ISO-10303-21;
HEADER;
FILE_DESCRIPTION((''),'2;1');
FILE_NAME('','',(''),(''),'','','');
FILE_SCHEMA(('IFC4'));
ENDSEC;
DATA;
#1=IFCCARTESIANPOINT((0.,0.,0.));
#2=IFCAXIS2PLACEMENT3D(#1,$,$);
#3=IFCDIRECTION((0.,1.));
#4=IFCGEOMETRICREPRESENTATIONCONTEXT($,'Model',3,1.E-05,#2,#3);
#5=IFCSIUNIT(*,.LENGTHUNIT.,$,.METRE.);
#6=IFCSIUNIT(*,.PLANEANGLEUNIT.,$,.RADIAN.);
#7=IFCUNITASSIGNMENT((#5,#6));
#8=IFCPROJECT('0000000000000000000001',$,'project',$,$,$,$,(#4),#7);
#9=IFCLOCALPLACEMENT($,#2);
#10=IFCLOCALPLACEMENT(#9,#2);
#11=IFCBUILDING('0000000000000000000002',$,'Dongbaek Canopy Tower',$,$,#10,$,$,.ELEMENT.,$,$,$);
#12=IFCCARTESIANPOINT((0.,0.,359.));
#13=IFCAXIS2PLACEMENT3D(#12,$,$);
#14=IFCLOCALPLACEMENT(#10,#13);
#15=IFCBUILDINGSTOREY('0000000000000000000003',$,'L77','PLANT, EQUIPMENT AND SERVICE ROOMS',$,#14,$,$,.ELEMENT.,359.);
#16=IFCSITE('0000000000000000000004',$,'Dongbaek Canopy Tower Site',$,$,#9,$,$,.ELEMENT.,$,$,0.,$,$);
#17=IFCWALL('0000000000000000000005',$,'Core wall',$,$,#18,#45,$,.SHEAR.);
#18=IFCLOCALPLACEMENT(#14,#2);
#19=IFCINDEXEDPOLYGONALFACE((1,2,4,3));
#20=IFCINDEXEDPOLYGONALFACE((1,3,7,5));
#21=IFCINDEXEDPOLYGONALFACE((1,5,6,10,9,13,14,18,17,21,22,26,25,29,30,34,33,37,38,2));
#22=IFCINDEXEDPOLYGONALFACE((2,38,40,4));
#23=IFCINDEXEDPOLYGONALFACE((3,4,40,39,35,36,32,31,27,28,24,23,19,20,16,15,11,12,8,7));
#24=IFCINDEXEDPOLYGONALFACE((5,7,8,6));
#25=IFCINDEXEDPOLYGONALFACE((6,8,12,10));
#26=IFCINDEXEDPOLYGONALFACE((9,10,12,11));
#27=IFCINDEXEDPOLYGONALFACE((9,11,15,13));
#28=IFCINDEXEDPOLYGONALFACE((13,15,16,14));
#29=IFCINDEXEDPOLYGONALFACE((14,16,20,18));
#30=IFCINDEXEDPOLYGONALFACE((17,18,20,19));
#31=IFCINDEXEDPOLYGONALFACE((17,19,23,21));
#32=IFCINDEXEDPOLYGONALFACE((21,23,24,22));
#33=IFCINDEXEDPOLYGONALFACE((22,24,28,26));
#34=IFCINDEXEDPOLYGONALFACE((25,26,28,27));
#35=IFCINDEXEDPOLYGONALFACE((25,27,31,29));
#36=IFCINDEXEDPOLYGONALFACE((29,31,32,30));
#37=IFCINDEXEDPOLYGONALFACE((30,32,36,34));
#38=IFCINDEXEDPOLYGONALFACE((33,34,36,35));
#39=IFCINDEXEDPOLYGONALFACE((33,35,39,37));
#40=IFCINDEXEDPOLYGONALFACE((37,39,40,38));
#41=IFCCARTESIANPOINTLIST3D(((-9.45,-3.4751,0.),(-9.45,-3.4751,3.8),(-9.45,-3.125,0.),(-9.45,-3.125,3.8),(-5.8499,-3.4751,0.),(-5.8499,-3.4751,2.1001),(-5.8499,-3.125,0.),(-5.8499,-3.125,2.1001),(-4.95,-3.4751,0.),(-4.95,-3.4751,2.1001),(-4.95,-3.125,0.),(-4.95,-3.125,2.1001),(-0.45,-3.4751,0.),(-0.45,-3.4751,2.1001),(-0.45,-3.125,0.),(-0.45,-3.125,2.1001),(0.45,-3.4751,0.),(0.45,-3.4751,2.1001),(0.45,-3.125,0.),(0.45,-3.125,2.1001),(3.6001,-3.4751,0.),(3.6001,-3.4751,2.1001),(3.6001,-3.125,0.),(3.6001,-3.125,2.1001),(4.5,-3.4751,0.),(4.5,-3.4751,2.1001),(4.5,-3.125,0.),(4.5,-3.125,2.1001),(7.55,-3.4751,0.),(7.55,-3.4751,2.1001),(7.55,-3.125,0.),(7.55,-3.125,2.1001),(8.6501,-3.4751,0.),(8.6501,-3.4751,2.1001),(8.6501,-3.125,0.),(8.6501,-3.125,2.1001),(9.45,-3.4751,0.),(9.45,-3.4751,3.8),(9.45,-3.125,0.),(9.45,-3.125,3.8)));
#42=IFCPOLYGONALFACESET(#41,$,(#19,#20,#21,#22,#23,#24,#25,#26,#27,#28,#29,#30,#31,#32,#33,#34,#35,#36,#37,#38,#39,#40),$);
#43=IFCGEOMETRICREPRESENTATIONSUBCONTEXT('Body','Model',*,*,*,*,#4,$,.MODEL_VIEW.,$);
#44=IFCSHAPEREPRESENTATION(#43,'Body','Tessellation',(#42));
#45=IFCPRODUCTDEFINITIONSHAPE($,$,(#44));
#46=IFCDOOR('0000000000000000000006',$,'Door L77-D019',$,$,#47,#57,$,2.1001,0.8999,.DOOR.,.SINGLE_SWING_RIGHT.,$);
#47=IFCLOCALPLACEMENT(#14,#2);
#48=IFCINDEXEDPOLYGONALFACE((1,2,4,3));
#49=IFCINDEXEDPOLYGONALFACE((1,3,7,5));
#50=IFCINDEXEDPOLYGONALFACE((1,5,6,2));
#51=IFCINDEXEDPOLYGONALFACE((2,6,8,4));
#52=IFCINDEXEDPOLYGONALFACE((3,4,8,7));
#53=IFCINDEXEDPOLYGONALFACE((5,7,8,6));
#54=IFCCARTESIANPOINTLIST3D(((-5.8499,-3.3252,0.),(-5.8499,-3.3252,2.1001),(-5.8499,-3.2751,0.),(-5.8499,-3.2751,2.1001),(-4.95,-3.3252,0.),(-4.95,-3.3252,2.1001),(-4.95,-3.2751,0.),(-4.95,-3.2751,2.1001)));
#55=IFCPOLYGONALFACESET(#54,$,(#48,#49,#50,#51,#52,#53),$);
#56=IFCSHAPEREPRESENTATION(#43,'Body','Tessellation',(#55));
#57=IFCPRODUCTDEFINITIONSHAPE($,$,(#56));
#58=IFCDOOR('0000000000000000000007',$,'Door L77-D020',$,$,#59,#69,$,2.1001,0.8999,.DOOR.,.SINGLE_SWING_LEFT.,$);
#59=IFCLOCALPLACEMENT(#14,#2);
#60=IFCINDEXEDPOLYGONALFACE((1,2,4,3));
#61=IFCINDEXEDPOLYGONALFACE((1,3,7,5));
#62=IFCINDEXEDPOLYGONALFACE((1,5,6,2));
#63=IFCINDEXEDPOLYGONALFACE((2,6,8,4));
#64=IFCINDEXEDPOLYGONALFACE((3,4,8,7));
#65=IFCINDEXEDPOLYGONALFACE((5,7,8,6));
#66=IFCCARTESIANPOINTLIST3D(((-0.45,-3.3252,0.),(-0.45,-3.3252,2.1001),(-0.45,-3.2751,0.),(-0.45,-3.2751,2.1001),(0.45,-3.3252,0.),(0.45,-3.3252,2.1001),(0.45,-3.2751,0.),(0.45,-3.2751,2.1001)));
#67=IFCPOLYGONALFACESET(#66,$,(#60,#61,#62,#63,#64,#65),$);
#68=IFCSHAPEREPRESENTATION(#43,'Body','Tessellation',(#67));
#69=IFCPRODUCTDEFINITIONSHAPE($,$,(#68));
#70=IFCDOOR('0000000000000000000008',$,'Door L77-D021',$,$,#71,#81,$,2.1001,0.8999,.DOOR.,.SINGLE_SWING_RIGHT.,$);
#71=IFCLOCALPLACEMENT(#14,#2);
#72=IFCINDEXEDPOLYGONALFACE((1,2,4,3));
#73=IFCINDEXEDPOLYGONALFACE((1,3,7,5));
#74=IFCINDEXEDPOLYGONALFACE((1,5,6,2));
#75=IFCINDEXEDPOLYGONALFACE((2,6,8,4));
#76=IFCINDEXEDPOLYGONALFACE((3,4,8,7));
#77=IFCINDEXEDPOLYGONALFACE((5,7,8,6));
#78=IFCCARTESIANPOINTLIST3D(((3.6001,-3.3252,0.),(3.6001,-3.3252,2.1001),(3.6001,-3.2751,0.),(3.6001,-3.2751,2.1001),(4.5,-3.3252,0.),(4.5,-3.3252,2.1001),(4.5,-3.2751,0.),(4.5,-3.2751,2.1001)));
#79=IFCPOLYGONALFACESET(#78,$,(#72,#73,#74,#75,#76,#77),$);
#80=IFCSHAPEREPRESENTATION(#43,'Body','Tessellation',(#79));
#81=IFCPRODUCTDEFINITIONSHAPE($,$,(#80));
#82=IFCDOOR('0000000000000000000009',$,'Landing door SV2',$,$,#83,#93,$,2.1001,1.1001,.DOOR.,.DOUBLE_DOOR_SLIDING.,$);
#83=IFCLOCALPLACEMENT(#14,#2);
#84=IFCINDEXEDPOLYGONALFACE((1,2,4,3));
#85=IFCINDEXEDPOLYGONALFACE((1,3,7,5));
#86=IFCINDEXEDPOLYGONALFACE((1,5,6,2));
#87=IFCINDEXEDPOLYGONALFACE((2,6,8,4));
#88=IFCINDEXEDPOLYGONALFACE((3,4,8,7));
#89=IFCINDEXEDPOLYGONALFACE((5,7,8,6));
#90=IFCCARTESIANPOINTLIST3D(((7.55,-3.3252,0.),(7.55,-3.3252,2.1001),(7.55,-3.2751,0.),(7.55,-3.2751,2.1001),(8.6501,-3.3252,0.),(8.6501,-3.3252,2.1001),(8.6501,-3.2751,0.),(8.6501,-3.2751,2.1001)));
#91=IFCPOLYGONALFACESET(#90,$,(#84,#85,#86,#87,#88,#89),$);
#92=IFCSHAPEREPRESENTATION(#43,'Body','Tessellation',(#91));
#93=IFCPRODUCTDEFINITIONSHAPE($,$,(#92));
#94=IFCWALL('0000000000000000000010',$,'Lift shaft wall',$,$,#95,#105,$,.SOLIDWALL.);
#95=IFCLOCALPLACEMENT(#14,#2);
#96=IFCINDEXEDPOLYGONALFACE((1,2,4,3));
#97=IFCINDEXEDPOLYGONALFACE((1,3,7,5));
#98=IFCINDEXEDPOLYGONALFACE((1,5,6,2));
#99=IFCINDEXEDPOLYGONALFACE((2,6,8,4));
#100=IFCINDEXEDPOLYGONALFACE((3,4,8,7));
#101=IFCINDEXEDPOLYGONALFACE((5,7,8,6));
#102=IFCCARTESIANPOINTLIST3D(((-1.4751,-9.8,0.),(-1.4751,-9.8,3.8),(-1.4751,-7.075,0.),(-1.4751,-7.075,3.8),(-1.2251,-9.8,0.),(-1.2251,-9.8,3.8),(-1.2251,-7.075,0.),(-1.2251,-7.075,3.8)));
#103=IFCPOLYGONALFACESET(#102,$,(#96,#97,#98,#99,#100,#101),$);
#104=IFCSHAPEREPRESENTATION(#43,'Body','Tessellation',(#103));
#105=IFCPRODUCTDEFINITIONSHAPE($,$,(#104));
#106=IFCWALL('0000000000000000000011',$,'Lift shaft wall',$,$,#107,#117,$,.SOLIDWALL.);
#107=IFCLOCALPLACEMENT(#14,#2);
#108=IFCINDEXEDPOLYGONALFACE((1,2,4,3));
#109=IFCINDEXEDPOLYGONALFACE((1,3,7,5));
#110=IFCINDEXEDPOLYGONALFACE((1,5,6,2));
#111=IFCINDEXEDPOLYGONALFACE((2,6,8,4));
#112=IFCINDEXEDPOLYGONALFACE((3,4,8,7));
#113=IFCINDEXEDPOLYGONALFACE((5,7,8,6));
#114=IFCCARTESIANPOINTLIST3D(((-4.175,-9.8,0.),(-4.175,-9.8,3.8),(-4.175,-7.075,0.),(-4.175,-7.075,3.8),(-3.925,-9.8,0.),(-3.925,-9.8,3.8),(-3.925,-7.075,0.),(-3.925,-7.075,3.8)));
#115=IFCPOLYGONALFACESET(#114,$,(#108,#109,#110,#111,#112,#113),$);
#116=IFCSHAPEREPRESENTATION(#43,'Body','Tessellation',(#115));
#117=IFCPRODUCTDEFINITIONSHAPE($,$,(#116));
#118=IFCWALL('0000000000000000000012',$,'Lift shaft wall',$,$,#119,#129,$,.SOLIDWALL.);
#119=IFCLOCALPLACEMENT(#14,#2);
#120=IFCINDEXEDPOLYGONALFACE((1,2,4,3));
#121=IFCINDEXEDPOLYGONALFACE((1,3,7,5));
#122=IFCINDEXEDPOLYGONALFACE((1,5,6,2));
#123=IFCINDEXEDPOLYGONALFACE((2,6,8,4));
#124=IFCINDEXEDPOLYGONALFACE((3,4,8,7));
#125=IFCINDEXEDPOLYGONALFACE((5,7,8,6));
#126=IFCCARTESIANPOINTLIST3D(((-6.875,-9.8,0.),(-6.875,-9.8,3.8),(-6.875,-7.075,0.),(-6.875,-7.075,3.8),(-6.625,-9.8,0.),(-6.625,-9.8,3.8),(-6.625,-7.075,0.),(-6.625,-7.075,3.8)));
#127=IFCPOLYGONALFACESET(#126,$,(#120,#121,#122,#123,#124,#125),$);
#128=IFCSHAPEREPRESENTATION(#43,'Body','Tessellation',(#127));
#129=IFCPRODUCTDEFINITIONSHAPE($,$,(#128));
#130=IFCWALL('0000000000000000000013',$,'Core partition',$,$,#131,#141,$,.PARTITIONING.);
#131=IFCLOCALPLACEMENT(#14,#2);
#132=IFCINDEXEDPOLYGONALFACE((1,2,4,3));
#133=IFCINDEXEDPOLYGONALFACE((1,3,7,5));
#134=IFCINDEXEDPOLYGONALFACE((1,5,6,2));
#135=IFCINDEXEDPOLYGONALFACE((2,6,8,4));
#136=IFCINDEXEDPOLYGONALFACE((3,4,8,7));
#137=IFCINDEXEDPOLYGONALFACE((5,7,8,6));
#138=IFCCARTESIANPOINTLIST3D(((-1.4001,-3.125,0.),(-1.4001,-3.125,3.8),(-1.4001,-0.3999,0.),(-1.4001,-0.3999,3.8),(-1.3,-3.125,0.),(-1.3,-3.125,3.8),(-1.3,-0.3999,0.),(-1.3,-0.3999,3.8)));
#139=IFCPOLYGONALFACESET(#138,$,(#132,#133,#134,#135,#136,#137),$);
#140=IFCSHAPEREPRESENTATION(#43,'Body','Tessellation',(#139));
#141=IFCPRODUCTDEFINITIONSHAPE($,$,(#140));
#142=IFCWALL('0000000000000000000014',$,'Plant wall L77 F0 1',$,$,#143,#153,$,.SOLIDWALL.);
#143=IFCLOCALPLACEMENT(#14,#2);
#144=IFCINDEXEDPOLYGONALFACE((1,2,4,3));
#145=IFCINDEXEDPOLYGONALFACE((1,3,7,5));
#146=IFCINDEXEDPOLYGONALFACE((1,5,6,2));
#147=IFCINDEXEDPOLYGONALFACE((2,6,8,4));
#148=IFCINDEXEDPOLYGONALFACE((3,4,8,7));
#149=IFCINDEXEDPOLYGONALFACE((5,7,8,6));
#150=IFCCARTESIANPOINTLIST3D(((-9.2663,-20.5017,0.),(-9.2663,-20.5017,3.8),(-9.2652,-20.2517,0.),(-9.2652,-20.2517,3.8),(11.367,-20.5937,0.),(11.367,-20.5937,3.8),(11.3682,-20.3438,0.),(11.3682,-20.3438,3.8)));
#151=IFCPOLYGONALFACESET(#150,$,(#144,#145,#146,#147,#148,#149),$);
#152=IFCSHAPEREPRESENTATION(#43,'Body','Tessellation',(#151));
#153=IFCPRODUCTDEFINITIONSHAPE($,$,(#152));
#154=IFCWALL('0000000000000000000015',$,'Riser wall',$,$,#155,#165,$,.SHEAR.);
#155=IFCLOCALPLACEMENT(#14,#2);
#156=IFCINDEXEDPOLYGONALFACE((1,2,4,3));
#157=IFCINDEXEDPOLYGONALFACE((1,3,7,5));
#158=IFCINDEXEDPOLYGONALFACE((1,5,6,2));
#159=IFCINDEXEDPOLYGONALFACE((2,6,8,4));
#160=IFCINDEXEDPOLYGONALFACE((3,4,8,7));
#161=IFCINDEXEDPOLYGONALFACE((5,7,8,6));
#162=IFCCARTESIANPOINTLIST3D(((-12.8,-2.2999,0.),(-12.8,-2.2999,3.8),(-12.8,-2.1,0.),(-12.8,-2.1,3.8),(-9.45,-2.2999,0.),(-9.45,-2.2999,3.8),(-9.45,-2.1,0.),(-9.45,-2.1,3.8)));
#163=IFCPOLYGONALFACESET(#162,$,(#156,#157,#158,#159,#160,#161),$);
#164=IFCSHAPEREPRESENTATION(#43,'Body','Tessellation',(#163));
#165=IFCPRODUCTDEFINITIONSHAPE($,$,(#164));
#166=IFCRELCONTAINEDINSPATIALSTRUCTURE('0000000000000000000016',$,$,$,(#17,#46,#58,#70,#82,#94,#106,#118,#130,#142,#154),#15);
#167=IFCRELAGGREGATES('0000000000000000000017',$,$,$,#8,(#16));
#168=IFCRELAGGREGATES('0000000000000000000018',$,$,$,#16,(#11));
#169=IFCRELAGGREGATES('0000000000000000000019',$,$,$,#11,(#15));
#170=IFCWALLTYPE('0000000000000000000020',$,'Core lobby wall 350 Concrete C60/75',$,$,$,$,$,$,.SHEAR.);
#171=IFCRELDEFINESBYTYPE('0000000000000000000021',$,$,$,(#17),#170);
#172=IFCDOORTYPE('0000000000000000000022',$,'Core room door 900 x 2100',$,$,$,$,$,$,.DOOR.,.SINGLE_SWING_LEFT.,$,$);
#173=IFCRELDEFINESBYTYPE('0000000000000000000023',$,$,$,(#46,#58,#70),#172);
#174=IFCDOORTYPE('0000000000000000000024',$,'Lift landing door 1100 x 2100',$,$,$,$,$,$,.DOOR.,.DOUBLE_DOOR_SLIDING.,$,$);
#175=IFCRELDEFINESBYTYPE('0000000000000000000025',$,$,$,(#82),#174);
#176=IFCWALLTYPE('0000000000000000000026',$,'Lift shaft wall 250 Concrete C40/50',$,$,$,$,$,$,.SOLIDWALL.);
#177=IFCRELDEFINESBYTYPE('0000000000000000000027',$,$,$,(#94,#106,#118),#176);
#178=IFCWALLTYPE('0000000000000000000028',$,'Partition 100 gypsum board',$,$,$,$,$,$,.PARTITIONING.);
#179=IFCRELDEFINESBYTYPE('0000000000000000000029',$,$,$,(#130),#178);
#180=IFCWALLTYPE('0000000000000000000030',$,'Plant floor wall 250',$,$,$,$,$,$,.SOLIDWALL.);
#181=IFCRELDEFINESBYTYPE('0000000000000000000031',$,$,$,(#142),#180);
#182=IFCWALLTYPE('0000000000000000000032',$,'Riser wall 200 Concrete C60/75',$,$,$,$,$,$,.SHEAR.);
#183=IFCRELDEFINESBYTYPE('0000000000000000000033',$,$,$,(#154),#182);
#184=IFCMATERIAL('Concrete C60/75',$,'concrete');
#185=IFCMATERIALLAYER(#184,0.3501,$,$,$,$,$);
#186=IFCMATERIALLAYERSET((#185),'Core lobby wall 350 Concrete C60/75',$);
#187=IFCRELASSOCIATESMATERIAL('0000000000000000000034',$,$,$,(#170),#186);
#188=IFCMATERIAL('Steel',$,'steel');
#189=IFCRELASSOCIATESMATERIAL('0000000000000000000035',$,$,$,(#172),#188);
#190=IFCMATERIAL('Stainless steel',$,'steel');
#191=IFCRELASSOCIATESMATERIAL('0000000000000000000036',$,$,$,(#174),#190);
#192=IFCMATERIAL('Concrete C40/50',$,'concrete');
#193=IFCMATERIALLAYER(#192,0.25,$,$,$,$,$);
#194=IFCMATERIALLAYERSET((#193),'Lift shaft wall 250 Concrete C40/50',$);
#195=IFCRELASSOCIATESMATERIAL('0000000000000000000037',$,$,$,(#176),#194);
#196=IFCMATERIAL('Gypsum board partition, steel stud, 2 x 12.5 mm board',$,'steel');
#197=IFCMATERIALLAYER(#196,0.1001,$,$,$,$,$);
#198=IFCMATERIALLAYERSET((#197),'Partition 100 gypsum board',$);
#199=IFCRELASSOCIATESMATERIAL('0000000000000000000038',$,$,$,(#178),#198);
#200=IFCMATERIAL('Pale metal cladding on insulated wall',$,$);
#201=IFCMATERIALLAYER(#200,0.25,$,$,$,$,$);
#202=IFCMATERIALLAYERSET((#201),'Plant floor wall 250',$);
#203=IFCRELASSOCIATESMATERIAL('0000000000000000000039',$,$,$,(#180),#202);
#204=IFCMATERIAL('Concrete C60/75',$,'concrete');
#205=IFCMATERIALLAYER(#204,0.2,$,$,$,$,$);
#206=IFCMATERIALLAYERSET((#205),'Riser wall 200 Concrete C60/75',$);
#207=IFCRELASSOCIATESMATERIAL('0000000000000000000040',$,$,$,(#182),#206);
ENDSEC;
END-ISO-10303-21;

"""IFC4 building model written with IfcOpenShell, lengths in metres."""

from ifc_helpers import new_model, si_unit, direction, frame, frame_2d, origin, place, context, subcontext, project, spatial, rectangle, extrude, material, layer, layer_set, type_object, element, fill, save


model = new_model("IFC4")

# Units and contexts
model_context = context("Model", 3, precision=1e-05, world=origin(), true_north=direction((0.0, 1.0)))
body_context = subcontext(model_context, "Body", "Model", "MODEL_VIEW")
ifc_project = project(units=[si_unit("LENGTHUNIT", "METRE"), si_unit("PLANEANGLEUNIT", "RADIAN")], contexts=[model_context])

# Site, building, storey
site_placement = place(None, origin())
site = spatial("IfcSite", under=ifc_project, at=site_placement, Name="Dongbaek Canopy Tower Site", CompositionType="ELEMENT", RefElevation=0.0)
building_placement = place(site_placement, origin())
building = spatial("IfcBuilding", under=site, at=building_placement, Name="Dongbaek Canopy Tower", CompositionType="ELEMENT")
storey_placement = place(building_placement, frame((0.0, 0.0, 359.0)))
storey = spatial("IfcBuildingStorey", under=building, at=storey_placement, Name="L77", Description="PLANT, EQUIPMENT AND SERVICE ROOMS", CompositionType="ELEMENT", Elevation=359.0)

# Wall, openings, doors
ifc_material_1 = material(Name="Concrete C60/75", Category="concrete")
ifc_layer_1 = layer(ifc_material_1, 0.3501)
ifc_layer_set_1 = layer_set([ifc_layer_1], Name="Core lobby wall 350 Concrete C60/75")
wall_type_1 = type_object("IfcWallType", Name="Core lobby wall 350 Concrete C60/75", PredefinedType="SHEAR", material=ifc_layer_set_1)
wall_1_placement = place(storey_placement, frame((-9.45, -3.3, 0.0), z_axis=(0.0, 0.0, 1.0), x_axis=(1.0, 0.0, 0.0)))
wall_1 = element("IfcWall", 1, at=wall_1_placement, inside=storey, type_object=wall_type_1, Name="Core wall", PredefinedType="SHEAR", context=body_context, shape_type="SweptSolid", body=[
    extrude(rectangle(XDim=18.8999, YDim=0.3501, at=frame_2d((9.45, 0.0))), origin(), (0.0, 0.0, 1.0), 3.8),
])
opening_1_placement = place(wall_1_placement, frame((17.0, 0.0, 0.0)))
opening_1 = element("IfcOpeningElement", 2, at=opening_1_placement, cuts=wall_1, PredefinedType="OPENING", context=body_context, shape_type="SweptSolid", body=[
    extrude(rectangle(XDim=1.1001, YDim=2.1001, at=frame_2d((0.55, 1.05))), frame((0.0, 0.1851, 0.0), z_axis=(0.0, -1.0, 0.0), x_axis=(1.0, 0.0, 0.0)), (0.0, 0.0, 1.0), 0.3701),
])
opening_2_placement = place(wall_1_placement, frame((3.6001, 0.0, 0.0)))
opening_2 = element("IfcOpeningElement", 3, at=opening_2_placement, cuts=wall_1, PredefinedType="OPENING", context=body_context, shape_type="SweptSolid", body=[
    extrude(rectangle(XDim=0.8999, YDim=2.1001, at=frame_2d((0.45, 1.05))), frame((0.0, 0.1851, 0.0), z_axis=(0.0, -1.0, 0.0), x_axis=(1.0, 0.0, 0.0)), (0.0, 0.0, 1.0), 0.3701),
])
opening_3_placement = place(wall_1_placement, frame((9.0, 0.0, 0.0)))
opening_3 = element("IfcOpeningElement", 4, at=opening_3_placement, cuts=wall_1, PredefinedType="OPENING", context=body_context, shape_type="SweptSolid", body=[
    extrude(rectangle(XDim=0.8999, YDim=2.1001, at=frame_2d((0.45, 1.05))), frame((0.0, 0.1851, 0.0), z_axis=(0.0, -1.0, 0.0), x_axis=(1.0, 0.0, 0.0)), (0.0, 0.0, 1.0), 0.3701),
])
opening_4_placement = place(wall_1_placement, frame((13.05, 0.0, 0.0)))
opening_4 = element("IfcOpeningElement", 5, at=opening_4_placement, cuts=wall_1, PredefinedType="OPENING", context=body_context, shape_type="SweptSolid", body=[
    extrude(rectangle(XDim=0.8999, YDim=2.1001, at=frame_2d((0.45, 1.05))), frame((0.0, 0.1851, 0.0), z_axis=(0.0, -1.0, 0.0), x_axis=(1.0, 0.0, 0.0)), (0.0, 0.0, 1.0), 0.3701),
])
ifc_material_2 = material(Name="Steel", Category="steel")
door_type_1 = type_object("IfcDoorType", Name="Core room door 900 x 2100", OperationType="SINGLE_SWING_LEFT", PredefinedType="DOOR", material=ifc_material_2)
door_1_placement = place(opening_2_placement, origin())
door_1 = element("IfcDoor", 6, at=door_1_placement, inside=storey, type_object=door_type_1, Name="Door L77-D019", OperationType="SINGLE_SWING_RIGHT", OverallHeight=2.1001, OverallWidth=0.8999, PredefinedType="DOOR", context=body_context, shape_type="SweptSolid", body=[
    extrude(rectangle(XDim=0.8999, YDim=2.1001, at=frame_2d((0.45, 1.05))), frame((0.0, 0.0249, 0.0), z_axis=(0.0, -1.0, 0.0), x_axis=(1.0, 0.0, 0.0)), (0.0, 0.0, 1.0), 0.05),
])
fill(opening_2, door_1)
door_2_placement = place(opening_3_placement, origin())
door_2 = element("IfcDoor", 7, at=door_2_placement, inside=storey, type_object=door_type_1, Name="Door L77-D020", OperationType="SINGLE_SWING_LEFT", OverallHeight=2.1001, OverallWidth=0.8999, PredefinedType="DOOR", context=body_context, shape_type="SweptSolid", body=[
    extrude(rectangle(XDim=0.8999, YDim=2.1001, at=frame_2d((0.45, 1.05))), frame((0.0, 0.0249, 0.0), z_axis=(0.0, -1.0, 0.0), x_axis=(1.0, 0.0, 0.0)), (0.0, 0.0, 1.0), 0.05),
])
fill(opening_3, door_2)
door_3_placement = place(opening_4_placement, origin())
door_3 = element("IfcDoor", 8, at=door_3_placement, inside=storey, type_object=door_type_1, Name="Door L77-D021", OperationType="SINGLE_SWING_RIGHT", OverallHeight=2.1001, OverallWidth=0.8999, PredefinedType="DOOR", context=body_context, shape_type="SweptSolid", body=[
    extrude(rectangle(XDim=0.8999, YDim=2.1001, at=frame_2d((0.45, 1.05))), frame((0.0, 0.0249, 0.0), z_axis=(0.0, -1.0, 0.0), x_axis=(1.0, 0.0, 0.0)), (0.0, 0.0, 1.0), 0.05),
])
fill(opening_4, door_3)
ifc_material_3 = material(Name="Stainless steel", Category="steel")
door_type_2 = type_object("IfcDoorType", Name="Lift landing door 1100 x 2100", OperationType="DOUBLE_DOOR_SLIDING", PredefinedType="DOOR", material=ifc_material_3)
door_4_placement = place(opening_1_placement, origin())
door_4 = element("IfcDoor", 9, at=door_4_placement, inside=storey, type_object=door_type_2, Name="Landing door SV2", OperationType="DOUBLE_DOOR_SLIDING", OverallHeight=2.1001, OverallWidth=1.1001, PredefinedType="DOOR", context=body_context, shape_type="SweptSolid", body=[
    extrude(rectangle(XDim=1.1001, YDim=2.1001, at=frame_2d((0.55, 1.05))), frame((0.0, 0.0249, 0.0), z_axis=(0.0, -1.0, 0.0), x_axis=(1.0, 0.0, 0.0)), (0.0, 0.0, 1.0), 0.05),
])
fill(opening_1, door_4)

# Walls
ifc_material_4 = material(Name="Concrete C40/50", Category="concrete")
ifc_layer_2 = layer(ifc_material_4, 0.25)
ifc_layer_set_2 = layer_set([ifc_layer_2], Name="Lift shaft wall 250 Concrete C40/50")
wall_type_2 = type_object("IfcWallType", Name="Lift shaft wall 250 Concrete C40/50", PredefinedType="SOLIDWALL", material=ifc_layer_set_2)
for number, where, z_axis, x_axis, name in (
    (10, (-1.3501, -9.8, 0.0), (0.0, 0.0, 1.0), (0.0, 1.0, 0.0), "Lift shaft wall"),
    (11, (-4.05, -9.8, 0.0), (0.0, 0.0, 1.0), (0.0, 1.0, 0.0), "Lift shaft wall"),
    (12, (-6.75, -9.8, 0.0), (0.0, 0.0, 1.0), (0.0, 1.0, 0.0), "Lift shaft wall"),
):
    element("IfcWall", number, at=place(storey_placement, frame(where, z_axis=z_axis, x_axis=x_axis)), inside=storey, type_object=wall_type_2, Name=name, PredefinedType="SOLIDWALL", context=body_context, shape_type="SweptSolid", body=[
        extrude(rectangle(XDim=2.7251, YDim=0.25, at=frame_2d((1.3625, 0.0))), origin(), (0.0, 0.0, 1.0), 3.8),
    ])
ifc_material_5 = material(Name="Gypsum board partition, steel stud, 2 x 12.5 mm board", Category="steel")
ifc_layer_3 = layer(ifc_material_5, 0.1001)
ifc_layer_set_3 = layer_set([ifc_layer_3], Name="Partition 100 gypsum board")
wall_type_3 = type_object("IfcWallType", Name="Partition 100 gypsum board", PredefinedType="PARTITIONING", material=ifc_layer_set_3)
wall_2_placement = place(storey_placement, frame((-1.3501, -3.125, 0.0), z_axis=(0.0, 0.0, 1.0), x_axis=(0.0, 1.0, 0.0)))
element("IfcWall", 13, at=wall_2_placement, inside=storey, type_object=wall_type_3, Name="Core partition", PredefinedType="PARTITIONING", context=body_context, shape_type="SweptSolid", body=[
    extrude(rectangle(XDim=2.7251, YDim=0.1001, at=frame_2d((1.3625, 0.0))), origin(), (0.0, 0.0, 1.0), 3.8),
])
ifc_material_6 = material(Name="Pale metal cladding on insulated wall")
ifc_layer_4 = layer(ifc_material_6, 0.25)
ifc_layer_set_4 = layer_set([ifc_layer_4], Name="Plant floor wall 250")
wall_type_4 = type_object("IfcWallType", Name="Plant floor wall 250", PredefinedType="SOLIDWALL", material=ifc_layer_set_4)
wall_3_placement = place(storey_placement, frame((-9.2659, -20.3767, 0.0), z_axis=(0.0, 0.0, 1.0), x_axis=(0.99999, -0.004461, 0.0)))
element("IfcWall", 14, at=wall_3_placement, inside=storey, type_object=wall_type_4, Name="Plant wall L77 F0 1", PredefinedType="SOLIDWALL", context=body_context, shape_type="SweptSolid", body=[
    extrude(rectangle(XDim=20.6335, YDim=0.25, at=frame_2d((10.3169, 0.0))), origin(), (0.0, 0.0, 1.0), 3.8),
])
ifc_material_7 = material(Name="Concrete C60/75", Category="concrete")
ifc_layer_5 = layer(ifc_material_7, 0.2)
ifc_layer_set_5 = layer_set([ifc_layer_5], Name="Riser wall 200 Concrete C60/75")
wall_type_5 = type_object("IfcWallType", Name="Riser wall 200 Concrete C60/75", PredefinedType="SHEAR", material=ifc_layer_set_5)
wall_4_placement = place(storey_placement, frame((-9.45, -2.2, 0.0), z_axis=(0.0, 0.0, 1.0), x_axis=(-1.0, 0.0, 0.0)))
element("IfcWall", 15, at=wall_4_placement, inside=storey, type_object=wall_type_5, Name="Riser wall", PredefinedType="SHEAR", context=body_context, shape_type="SweptSolid", body=[
    extrude(rectangle(XDim=3.3501, YDim=0.2, at=frame_2d((1.675, 0.0))), origin(), (0.0, 0.0, 1.0), 3.8),
])

save(model, "model.ifc")
